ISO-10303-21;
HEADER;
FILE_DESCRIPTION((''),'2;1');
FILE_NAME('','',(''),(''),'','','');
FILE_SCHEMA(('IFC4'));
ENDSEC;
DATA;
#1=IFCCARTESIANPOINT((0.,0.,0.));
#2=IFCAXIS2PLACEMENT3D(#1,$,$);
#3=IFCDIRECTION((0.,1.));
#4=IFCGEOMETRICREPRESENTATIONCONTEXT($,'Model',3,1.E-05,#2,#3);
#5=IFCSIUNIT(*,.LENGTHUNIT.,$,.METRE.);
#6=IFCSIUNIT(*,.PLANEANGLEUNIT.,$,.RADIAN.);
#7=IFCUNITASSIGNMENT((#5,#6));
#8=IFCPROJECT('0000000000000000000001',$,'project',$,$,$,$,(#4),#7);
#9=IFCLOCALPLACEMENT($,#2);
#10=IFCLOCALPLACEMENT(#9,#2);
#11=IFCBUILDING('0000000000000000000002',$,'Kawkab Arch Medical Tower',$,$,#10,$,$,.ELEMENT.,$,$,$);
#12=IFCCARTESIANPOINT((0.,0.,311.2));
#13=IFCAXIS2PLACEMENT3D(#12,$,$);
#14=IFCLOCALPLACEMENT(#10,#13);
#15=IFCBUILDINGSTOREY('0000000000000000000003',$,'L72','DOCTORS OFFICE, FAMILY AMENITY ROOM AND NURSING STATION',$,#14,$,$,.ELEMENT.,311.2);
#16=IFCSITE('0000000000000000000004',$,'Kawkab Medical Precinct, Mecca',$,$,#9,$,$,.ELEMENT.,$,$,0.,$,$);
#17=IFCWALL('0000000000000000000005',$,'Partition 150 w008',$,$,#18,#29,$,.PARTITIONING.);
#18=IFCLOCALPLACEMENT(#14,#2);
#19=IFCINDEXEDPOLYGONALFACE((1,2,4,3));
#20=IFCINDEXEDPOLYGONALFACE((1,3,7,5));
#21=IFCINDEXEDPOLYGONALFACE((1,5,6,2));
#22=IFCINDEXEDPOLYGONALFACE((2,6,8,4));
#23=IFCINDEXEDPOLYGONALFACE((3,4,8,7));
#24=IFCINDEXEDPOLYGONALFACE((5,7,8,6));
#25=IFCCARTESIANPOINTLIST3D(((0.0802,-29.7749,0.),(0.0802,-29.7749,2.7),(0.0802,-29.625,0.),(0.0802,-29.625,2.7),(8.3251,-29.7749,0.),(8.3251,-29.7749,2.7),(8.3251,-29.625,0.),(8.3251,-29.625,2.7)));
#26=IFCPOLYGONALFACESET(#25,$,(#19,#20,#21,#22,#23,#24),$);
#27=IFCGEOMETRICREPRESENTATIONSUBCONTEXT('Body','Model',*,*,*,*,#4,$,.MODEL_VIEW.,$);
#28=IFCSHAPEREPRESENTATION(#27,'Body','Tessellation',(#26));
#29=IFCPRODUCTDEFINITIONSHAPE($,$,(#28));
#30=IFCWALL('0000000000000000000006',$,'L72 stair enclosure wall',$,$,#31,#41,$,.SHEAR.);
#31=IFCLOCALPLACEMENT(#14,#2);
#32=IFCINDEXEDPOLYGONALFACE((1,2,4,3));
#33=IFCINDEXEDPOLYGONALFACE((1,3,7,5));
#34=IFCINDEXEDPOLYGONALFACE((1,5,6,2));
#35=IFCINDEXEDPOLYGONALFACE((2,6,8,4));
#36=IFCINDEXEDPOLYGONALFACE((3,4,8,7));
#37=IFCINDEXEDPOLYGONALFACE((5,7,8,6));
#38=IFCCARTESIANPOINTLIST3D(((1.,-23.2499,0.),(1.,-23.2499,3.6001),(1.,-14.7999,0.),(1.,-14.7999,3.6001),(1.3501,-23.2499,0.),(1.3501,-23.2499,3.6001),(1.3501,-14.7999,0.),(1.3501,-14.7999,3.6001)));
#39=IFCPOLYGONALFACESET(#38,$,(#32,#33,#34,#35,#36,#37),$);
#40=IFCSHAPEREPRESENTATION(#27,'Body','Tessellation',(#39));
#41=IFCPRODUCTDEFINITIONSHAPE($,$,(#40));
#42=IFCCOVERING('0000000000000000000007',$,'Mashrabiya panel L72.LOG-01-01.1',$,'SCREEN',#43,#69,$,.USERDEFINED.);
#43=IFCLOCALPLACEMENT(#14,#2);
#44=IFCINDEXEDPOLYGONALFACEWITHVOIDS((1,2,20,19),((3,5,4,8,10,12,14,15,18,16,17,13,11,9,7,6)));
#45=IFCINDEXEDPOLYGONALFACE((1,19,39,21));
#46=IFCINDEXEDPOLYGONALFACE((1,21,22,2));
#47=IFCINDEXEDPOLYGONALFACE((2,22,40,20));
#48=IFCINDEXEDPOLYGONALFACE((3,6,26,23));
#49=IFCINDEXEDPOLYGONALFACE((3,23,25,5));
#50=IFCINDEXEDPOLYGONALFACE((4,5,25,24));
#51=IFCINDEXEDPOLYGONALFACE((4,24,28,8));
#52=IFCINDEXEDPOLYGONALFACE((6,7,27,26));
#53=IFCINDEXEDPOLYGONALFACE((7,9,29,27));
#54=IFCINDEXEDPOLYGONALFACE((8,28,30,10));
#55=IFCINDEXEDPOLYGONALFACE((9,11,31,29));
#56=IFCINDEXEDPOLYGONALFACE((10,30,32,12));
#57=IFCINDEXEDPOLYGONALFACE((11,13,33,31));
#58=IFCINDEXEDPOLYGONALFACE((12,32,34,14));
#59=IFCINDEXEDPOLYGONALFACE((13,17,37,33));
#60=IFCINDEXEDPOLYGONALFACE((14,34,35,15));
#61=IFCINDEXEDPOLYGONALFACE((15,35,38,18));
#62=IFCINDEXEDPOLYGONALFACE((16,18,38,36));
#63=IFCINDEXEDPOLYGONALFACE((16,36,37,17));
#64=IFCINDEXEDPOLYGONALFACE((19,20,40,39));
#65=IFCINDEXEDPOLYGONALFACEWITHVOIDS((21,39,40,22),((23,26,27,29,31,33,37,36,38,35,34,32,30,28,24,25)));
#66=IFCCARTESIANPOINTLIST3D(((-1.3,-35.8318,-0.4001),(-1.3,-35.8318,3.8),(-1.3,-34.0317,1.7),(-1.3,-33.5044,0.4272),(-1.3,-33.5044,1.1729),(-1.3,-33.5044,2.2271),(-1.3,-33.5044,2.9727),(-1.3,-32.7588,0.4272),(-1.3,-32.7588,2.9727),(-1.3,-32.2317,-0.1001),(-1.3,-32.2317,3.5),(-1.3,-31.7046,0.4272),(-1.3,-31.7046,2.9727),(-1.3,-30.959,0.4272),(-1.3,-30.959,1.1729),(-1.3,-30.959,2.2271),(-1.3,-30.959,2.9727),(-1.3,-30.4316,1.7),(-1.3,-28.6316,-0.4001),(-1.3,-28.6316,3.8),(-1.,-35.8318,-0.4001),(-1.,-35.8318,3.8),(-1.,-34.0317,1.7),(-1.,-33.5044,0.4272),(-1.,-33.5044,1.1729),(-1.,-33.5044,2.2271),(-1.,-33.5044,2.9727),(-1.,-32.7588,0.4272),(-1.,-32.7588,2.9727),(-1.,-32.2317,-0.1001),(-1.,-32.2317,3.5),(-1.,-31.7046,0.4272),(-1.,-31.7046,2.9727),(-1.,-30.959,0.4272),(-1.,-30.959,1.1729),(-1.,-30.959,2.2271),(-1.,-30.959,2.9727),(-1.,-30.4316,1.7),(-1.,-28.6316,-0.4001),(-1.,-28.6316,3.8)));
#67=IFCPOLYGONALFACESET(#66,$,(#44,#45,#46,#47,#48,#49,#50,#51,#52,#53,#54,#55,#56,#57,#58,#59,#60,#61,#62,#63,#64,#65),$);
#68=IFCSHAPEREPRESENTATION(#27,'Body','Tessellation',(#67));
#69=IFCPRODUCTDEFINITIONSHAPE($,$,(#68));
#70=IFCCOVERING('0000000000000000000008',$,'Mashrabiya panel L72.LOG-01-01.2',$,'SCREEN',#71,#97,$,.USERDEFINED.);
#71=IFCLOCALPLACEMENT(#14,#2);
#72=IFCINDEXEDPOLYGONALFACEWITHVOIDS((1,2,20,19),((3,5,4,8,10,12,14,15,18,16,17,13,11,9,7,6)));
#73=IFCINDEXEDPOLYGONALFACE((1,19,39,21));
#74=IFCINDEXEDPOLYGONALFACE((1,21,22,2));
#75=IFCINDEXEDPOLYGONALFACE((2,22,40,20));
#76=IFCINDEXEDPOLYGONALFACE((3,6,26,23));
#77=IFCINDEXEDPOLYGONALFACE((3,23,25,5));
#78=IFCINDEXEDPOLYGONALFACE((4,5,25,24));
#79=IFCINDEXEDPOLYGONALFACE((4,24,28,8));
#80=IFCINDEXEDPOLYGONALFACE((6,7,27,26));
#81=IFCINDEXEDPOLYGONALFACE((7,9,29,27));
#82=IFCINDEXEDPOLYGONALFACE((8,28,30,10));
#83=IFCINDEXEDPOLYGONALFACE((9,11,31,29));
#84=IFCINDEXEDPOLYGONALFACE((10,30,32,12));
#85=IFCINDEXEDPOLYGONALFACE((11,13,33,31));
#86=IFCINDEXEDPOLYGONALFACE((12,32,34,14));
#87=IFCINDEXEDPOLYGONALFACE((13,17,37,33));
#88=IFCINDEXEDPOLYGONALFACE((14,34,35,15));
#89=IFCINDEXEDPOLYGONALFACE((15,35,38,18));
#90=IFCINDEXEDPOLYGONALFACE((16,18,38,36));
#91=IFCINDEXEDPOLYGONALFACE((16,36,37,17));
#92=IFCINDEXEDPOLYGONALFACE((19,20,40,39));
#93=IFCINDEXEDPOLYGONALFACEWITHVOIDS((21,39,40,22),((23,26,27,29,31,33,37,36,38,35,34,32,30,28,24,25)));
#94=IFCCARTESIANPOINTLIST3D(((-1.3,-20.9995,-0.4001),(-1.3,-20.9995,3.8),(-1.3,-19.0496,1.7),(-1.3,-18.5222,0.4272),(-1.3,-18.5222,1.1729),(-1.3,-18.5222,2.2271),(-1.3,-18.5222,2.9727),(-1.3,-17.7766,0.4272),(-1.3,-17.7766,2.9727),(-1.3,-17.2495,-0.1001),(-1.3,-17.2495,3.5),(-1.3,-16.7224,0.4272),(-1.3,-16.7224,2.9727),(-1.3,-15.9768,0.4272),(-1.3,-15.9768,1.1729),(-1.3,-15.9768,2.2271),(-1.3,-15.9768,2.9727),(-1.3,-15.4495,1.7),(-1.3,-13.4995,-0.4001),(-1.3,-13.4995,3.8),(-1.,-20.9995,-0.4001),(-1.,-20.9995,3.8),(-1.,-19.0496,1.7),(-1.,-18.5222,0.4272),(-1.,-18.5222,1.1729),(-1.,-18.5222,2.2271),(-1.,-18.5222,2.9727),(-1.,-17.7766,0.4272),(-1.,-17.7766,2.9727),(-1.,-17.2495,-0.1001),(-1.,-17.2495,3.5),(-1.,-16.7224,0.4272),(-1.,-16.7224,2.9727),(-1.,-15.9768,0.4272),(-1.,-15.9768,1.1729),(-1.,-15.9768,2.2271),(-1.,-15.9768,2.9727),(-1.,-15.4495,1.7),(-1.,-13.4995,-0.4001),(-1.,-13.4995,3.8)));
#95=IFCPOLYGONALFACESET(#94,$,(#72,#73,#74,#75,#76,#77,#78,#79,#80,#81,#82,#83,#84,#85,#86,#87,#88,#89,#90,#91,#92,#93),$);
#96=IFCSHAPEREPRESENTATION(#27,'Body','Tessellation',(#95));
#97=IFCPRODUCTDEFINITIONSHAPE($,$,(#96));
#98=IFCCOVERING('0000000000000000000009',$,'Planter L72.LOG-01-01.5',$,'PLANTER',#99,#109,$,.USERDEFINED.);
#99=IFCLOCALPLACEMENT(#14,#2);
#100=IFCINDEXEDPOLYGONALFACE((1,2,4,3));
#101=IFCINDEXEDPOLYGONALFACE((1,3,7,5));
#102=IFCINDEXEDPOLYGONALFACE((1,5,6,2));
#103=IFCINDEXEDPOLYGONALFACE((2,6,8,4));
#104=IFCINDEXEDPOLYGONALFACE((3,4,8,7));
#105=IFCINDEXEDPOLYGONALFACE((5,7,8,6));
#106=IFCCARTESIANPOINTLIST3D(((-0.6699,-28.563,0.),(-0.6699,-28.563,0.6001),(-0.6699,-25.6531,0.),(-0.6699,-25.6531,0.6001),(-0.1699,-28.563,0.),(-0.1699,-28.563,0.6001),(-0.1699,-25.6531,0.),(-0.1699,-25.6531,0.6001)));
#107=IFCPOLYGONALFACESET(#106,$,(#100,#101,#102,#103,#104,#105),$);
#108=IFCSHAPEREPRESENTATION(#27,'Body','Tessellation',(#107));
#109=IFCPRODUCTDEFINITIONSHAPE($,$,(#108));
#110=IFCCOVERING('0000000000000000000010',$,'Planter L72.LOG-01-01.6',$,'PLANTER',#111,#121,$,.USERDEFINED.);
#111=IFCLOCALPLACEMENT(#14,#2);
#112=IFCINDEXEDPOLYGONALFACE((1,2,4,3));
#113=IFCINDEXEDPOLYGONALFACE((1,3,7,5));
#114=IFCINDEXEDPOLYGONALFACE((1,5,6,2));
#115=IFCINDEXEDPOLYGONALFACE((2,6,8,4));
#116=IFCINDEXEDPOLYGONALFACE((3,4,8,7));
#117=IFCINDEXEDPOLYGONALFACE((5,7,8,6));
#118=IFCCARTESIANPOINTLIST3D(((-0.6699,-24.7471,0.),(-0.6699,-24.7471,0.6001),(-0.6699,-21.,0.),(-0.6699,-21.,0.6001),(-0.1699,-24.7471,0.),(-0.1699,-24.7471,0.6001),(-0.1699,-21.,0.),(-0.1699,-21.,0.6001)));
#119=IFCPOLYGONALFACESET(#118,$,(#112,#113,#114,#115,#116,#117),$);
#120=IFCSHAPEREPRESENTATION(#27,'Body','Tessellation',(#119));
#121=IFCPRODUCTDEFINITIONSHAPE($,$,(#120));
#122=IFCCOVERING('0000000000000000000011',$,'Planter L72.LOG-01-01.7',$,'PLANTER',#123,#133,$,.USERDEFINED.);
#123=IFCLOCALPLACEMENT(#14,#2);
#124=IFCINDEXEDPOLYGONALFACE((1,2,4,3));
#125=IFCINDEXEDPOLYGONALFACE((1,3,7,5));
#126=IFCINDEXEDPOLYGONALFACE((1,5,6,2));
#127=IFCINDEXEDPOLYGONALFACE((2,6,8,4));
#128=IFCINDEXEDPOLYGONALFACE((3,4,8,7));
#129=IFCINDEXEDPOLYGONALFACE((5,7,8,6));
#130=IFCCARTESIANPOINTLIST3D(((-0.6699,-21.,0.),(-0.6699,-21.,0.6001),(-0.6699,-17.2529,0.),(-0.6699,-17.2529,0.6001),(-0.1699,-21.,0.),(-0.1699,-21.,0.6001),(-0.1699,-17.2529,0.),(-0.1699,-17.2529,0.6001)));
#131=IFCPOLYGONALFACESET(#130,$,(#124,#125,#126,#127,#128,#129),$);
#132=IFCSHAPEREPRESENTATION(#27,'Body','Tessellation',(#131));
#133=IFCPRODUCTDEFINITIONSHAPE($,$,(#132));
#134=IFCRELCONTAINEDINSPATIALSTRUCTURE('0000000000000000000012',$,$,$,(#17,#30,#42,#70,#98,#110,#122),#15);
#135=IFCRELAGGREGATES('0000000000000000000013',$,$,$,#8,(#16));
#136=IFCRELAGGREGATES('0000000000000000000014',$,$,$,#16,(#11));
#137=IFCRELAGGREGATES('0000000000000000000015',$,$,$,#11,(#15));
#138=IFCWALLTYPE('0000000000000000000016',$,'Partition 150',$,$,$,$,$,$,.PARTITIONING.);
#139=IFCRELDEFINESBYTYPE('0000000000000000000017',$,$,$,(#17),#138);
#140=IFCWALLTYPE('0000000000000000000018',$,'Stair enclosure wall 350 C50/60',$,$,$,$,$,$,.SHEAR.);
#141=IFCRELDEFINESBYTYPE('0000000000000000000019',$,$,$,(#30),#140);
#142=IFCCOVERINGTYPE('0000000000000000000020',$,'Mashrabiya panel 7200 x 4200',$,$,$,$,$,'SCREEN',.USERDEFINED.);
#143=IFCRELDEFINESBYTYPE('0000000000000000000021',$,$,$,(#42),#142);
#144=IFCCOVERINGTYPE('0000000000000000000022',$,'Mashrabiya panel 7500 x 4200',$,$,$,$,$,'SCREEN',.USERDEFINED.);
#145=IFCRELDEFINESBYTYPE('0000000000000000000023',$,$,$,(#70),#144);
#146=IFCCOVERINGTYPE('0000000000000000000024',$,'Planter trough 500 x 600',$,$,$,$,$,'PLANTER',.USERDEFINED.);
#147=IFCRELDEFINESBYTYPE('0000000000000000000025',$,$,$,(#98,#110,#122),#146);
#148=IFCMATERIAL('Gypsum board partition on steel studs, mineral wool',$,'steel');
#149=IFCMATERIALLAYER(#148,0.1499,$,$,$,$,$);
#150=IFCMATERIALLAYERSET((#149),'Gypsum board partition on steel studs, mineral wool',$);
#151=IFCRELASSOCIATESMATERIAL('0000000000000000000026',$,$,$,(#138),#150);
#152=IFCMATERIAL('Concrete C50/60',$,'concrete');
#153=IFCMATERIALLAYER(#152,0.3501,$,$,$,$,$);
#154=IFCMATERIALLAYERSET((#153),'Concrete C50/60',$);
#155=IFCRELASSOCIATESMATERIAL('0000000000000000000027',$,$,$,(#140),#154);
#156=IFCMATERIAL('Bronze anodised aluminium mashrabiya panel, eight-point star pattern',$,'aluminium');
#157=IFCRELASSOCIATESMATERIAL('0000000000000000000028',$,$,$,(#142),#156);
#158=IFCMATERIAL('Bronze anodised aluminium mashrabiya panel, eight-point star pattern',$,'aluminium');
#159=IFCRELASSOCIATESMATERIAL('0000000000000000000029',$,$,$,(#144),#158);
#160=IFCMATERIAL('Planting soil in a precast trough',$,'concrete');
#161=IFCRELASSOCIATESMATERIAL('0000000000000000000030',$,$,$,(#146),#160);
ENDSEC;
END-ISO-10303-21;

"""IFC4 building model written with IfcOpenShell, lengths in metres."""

from ifc_helpers import new_model, si_unit, direction, frame, frame_2d, origin, origin_2d, place, context, subcontext, project, spatial, polyline, rectangle, outline, extrude, material, layer, layer_set, material_profile, profile_set, type_object, element, save


model = new_model("IFC4")

# Units and contexts
model_context = context("Model", 3, precision=1e-05, world=origin(), true_north=direction((0.0, 1.0)))
body_context = subcontext(model_context, "Body", "Model", "MODEL_VIEW")
ifc_project = project(units=[si_unit("LENGTHUNIT", "METRE"), si_unit("PLANEANGLEUNIT", "RADIAN")], contexts=[model_context])

# Site, building, storey
site_placement = place(None, origin())
site = spatial("IfcSite", under=ifc_project, at=site_placement, Name="Kawkab Medical Precinct, Mecca", CompositionType="ELEMENT", RefElevation=0.0)
building_placement = place(site_placement, origin())
building = spatial("IfcBuilding", under=site, at=building_placement, Name="Kawkab Arch Medical Tower", CompositionType="ELEMENT")
storey_placement = place(building_placement, frame((0.0, 0.0, 311.2)))
storey = spatial("IfcBuildingStorey", under=building, at=storey_placement, Name="L72", Description="DOCTORS OFFICE, FAMILY AMENITY ROOM AND NURSING STATION", CompositionType="ELEMENT", Elevation=311.2)

# Shared definitions
ifc_material_1 = material(Name="Gypsum board partition on steel studs, mineral wool", Category="steel")
ifc_layer_1 = layer(ifc_material_1, 0.1499)
ifc_layer_set_1 = layer_set([ifc_layer_1], Name="Gypsum board partition on steel studs, mineral wool")
wall_type_1 = type_object("IfcWallType", Name="Partition 150", PredefinedType="PARTITIONING", material=ifc_layer_set_1)

# Walls
wall_1_placement = place(storey_placement, frame((0.0801, -29.7, 0.0), z_axis=(0.0, 0.0, 1.0), x_axis=(1.0, 0.0, 0.0)))
element("IfcWall", 1, at=wall_1_placement, inside=storey, type_object=wall_type_1, Name="Partition 150 w008", PredefinedType="PARTITIONING", context=body_context, shape_type="SweptSolid", body=[
    extrude(rectangle(XDim=8.2449, YDim=0.1499, at=frame_2d((4.1226, 0.0))), origin(), (0.0, 0.0, 1.0), 2.7),
])
ifc_material_2 = material(Name="Concrete C50/60", Category="concrete")
ifc_layer_2 = layer(ifc_material_2, 0.3501)
ifc_layer_set_2 = layer_set([ifc_layer_2], Name="Concrete C50/60")
wall_type_2 = type_object("IfcWallType", Name="Stair enclosure wall 350 C50/60", PredefinedType="SHEAR", material=ifc_layer_set_2)
wall_2_placement = place(storey_placement, frame((1.175, -23.25, 0.0), z_axis=(0.0, 0.0, 1.0), x_axis=(0.0, 1.0, 0.0)))
element("IfcWall", 2, at=wall_2_placement, inside=storey, type_object=wall_type_2, Name="L72 stair enclosure wall", PredefinedType="SHEAR", context=body_context, shape_type="SweptSolid", body=[
    extrude(rectangle(XDim=8.45, YDim=0.3501, at=frame_2d((4.2251, 0.0))), origin(), (0.0, 0.0, 1.0), 3.6001),
])

# Coverings
ifc_material_3 = material(Name="Bronze anodised aluminium mashrabiya panel, eight-point star pattern", Category="aluminium")
ifc_material_profile_1 = material_profile(ifc_material_3, outline(polyline([(-3.6001, -2.1001), (3.6001, -2.1001), (3.6001, 2.1001), (-3.6001, 2.1001), (-3.6001, -2.1001)]), holes=[polyline([(1.8, 0.0), (1.2727, 0.5271), (1.2727, 1.2727), (0.5271, 1.2727), (0.0, 1.8), (-0.5271, 1.2727), (-1.2727, 1.2727), (-1.2727, 0.5271), (-1.8, 0.0), (-1.2727, -0.5271), (-1.2727, -1.2727), (-0.5271, -1.2727), (0.0, -1.8), (0.5271, -1.2727), (1.2727, -1.2727), (1.2727, -0.5271), (1.8, 0.0)])]), Name="Mashrabiya panel 7200x4200")
ifc_profile_set_1 = profile_set([ifc_material_profile_1], Name="Bronze anodised aluminium mashrabiya panel, eight-point star pattern")
covering_type_1 = type_object("IfcCoveringType", Name="Mashrabiya panel 7200 x 4200", ElementType="SCREEN", PredefinedType="USERDEFINED", material=ifc_profile_set_1)
covering_1_placement = place(storey_placement, frame((-1.0, -32.2317, 1.7), z_axis=(-1.0, 0.0, 0.0), x_axis=(0.0, -1.0, 0.0)))
element("IfcCovering", 3, at=covering_1_placement, inside=storey, type_object=covering_type_1, Name="Mashrabiya panel L72.LOG-01-01.1", ObjectType="SCREEN", PredefinedType="USERDEFINED", context=body_context, shape_type="SweptSolid", body=[
    extrude(outline(polyline([(-3.6001, -2.1001), (3.6001, -2.1001), (3.6001, 2.1001), (-3.6001, 2.1001), (-3.6001, -2.1001)]), holes=[polyline([(1.8, 0.0), (1.2727, 0.5271), (1.2727, 1.2727), (0.5271, 1.2727), (0.0, 1.8), (-0.5271, 1.2727), (-1.2727, 1.2727), (-1.2727, 0.5271), (-1.8, 0.0), (-1.2727, -0.5271), (-1.2727, -1.2727), (-0.5271, -1.2727), (0.0, -1.8), (0.5271, -1.2727), (1.2727, -1.2727), (1.2727, -0.5271), (1.8, 0.0)])]), origin(), (0.0, 0.0, 1.0), 0.3),
])
ifc_material_4 = material(Name="Bronze anodised aluminium mashrabiya panel, eight-point star pattern", Category="aluminium")
ifc_material_profile_2 = material_profile(ifc_material_4, outline(polyline([(-3.75, -2.1001), (3.75, -2.1001), (3.75, 2.1001), (-3.75, 2.1001), (-3.75, -2.1001)]), holes=[polyline([(1.8, 0.0), (1.2727, 0.5271), (1.2727, 1.2727), (0.5271, 1.2727), (0.0, 1.8), (-0.5271, 1.2727), (-1.2727, 1.2727), (-1.2727, 0.5271), (-1.8, 0.0), (-1.2727, -0.5271), (-1.2727, -1.2727), (-0.5271, -1.2727), (0.0, -1.8), (0.5271, -1.2727), (1.2727, -1.2727), (1.2727, -0.5271), (1.8, 0.0)])]), Name="Mashrabiya panel 7500x4200")
ifc_profile_set_2 = profile_set([ifc_material_profile_2], Name="Bronze anodised aluminium mashrabiya panel, eight-point star pattern")
covering_type_2 = type_object("IfcCoveringType", Name="Mashrabiya panel 7500 x 4200", ElementType="SCREEN", PredefinedType="USERDEFINED", material=ifc_profile_set_2)
covering_2_placement = place(storey_placement, frame((-1.0, -17.2495, 1.7), z_axis=(-1.0, 0.0, 0.0), x_axis=(0.0, -1.0, 0.0)))
element("IfcCovering", 4, at=covering_2_placement, inside=storey, type_object=covering_type_2, Name="Mashrabiya panel L72.LOG-01-01.2", ObjectType="SCREEN", PredefinedType="USERDEFINED", context=body_context, shape_type="SweptSolid", body=[
    extrude(outline(polyline([(-3.75, -2.1001), (3.75, -2.1001), (3.75, 2.1001), (-3.75, 2.1001), (-3.75, -2.1001)]), holes=[polyline([(1.8, 0.0), (1.2727, 0.5271), (1.2727, 1.2727), (0.5271, 1.2727), (0.0, 1.8), (-0.5271, 1.2727), (-1.2727, 1.2727), (-1.2727, 0.5271), (-1.8, 0.0), (-1.2727, -0.5271), (-1.2727, -1.2727), (-0.5271, -1.2727), (0.0, -1.8), (0.5271, -1.2727), (1.2727, -1.2727), (1.2727, -0.5271), (1.8, 0.0)])]), origin(), (0.0, 0.0, 1.0), 0.3),
])
ifc_material_5 = material(Name="Planting soil in a precast trough", Category="concrete")
ifc_material_profile_3 = material_profile(ifc_material_5, rectangle(XDim=0.5, YDim=0.6001, at=origin_2d()), Name="Trough 500x600")
ifc_profile_set_3 = profile_set([ifc_material_profile_3], Name="Planting soil in a precast trough")
covering_type_3 = type_object("IfcCoveringType", Name="Planter trough 500 x 600", ElementType="PLANTER", PredefinedType="USERDEFINED", material=ifc_profile_set_3)
covering_3_placement = place(storey_placement, frame((-0.4199, -28.563, 0.3), z_axis=(0.0, 1.0, 0.0), x_axis=(-1.0, 0.0, 0.0)))
element("IfcCovering", 5, at=covering_3_placement, inside=storey, type_object=covering_type_3, Name="Planter L72.LOG-01-01.5", ObjectType="PLANTER", PredefinedType="USERDEFINED", context=body_context, shape_type="SweptSolid", body=[
    extrude(rectangle(XDim=0.5, YDim=0.6001, at=origin_2d()), origin(), (0.0, 0.0, 1.0), 2.9099),
])
for number, where, z_axis, x_axis, name in (
    (6, (-0.4199, -24.7471, 0.3), (0.0, 1.0, 0.0), (-1.0, 0.0, 0.0), "Planter L72.LOG-01-01.6"),
    (7, (-0.4199, -21.0, 0.3), (0.0, 1.0, 0.0), (-1.0, 0.0, 0.0), "Planter L72.LOG-01-01.7"),
):
    element("IfcCovering", number, at=place(storey_placement, frame(where, z_axis=z_axis, x_axis=x_axis)), inside=storey, type_object=covering_type_3, Name=name, ObjectType="PLANTER", PredefinedType="USERDEFINED", context=body_context, shape_type="SweptSolid", body=[
        extrude(rectangle(XDim=0.5, YDim=0.6001, at=origin_2d()), origin(), (0.0, 0.0, 1.0), 3.7471),
    ])

save(model, "model.ifc")
